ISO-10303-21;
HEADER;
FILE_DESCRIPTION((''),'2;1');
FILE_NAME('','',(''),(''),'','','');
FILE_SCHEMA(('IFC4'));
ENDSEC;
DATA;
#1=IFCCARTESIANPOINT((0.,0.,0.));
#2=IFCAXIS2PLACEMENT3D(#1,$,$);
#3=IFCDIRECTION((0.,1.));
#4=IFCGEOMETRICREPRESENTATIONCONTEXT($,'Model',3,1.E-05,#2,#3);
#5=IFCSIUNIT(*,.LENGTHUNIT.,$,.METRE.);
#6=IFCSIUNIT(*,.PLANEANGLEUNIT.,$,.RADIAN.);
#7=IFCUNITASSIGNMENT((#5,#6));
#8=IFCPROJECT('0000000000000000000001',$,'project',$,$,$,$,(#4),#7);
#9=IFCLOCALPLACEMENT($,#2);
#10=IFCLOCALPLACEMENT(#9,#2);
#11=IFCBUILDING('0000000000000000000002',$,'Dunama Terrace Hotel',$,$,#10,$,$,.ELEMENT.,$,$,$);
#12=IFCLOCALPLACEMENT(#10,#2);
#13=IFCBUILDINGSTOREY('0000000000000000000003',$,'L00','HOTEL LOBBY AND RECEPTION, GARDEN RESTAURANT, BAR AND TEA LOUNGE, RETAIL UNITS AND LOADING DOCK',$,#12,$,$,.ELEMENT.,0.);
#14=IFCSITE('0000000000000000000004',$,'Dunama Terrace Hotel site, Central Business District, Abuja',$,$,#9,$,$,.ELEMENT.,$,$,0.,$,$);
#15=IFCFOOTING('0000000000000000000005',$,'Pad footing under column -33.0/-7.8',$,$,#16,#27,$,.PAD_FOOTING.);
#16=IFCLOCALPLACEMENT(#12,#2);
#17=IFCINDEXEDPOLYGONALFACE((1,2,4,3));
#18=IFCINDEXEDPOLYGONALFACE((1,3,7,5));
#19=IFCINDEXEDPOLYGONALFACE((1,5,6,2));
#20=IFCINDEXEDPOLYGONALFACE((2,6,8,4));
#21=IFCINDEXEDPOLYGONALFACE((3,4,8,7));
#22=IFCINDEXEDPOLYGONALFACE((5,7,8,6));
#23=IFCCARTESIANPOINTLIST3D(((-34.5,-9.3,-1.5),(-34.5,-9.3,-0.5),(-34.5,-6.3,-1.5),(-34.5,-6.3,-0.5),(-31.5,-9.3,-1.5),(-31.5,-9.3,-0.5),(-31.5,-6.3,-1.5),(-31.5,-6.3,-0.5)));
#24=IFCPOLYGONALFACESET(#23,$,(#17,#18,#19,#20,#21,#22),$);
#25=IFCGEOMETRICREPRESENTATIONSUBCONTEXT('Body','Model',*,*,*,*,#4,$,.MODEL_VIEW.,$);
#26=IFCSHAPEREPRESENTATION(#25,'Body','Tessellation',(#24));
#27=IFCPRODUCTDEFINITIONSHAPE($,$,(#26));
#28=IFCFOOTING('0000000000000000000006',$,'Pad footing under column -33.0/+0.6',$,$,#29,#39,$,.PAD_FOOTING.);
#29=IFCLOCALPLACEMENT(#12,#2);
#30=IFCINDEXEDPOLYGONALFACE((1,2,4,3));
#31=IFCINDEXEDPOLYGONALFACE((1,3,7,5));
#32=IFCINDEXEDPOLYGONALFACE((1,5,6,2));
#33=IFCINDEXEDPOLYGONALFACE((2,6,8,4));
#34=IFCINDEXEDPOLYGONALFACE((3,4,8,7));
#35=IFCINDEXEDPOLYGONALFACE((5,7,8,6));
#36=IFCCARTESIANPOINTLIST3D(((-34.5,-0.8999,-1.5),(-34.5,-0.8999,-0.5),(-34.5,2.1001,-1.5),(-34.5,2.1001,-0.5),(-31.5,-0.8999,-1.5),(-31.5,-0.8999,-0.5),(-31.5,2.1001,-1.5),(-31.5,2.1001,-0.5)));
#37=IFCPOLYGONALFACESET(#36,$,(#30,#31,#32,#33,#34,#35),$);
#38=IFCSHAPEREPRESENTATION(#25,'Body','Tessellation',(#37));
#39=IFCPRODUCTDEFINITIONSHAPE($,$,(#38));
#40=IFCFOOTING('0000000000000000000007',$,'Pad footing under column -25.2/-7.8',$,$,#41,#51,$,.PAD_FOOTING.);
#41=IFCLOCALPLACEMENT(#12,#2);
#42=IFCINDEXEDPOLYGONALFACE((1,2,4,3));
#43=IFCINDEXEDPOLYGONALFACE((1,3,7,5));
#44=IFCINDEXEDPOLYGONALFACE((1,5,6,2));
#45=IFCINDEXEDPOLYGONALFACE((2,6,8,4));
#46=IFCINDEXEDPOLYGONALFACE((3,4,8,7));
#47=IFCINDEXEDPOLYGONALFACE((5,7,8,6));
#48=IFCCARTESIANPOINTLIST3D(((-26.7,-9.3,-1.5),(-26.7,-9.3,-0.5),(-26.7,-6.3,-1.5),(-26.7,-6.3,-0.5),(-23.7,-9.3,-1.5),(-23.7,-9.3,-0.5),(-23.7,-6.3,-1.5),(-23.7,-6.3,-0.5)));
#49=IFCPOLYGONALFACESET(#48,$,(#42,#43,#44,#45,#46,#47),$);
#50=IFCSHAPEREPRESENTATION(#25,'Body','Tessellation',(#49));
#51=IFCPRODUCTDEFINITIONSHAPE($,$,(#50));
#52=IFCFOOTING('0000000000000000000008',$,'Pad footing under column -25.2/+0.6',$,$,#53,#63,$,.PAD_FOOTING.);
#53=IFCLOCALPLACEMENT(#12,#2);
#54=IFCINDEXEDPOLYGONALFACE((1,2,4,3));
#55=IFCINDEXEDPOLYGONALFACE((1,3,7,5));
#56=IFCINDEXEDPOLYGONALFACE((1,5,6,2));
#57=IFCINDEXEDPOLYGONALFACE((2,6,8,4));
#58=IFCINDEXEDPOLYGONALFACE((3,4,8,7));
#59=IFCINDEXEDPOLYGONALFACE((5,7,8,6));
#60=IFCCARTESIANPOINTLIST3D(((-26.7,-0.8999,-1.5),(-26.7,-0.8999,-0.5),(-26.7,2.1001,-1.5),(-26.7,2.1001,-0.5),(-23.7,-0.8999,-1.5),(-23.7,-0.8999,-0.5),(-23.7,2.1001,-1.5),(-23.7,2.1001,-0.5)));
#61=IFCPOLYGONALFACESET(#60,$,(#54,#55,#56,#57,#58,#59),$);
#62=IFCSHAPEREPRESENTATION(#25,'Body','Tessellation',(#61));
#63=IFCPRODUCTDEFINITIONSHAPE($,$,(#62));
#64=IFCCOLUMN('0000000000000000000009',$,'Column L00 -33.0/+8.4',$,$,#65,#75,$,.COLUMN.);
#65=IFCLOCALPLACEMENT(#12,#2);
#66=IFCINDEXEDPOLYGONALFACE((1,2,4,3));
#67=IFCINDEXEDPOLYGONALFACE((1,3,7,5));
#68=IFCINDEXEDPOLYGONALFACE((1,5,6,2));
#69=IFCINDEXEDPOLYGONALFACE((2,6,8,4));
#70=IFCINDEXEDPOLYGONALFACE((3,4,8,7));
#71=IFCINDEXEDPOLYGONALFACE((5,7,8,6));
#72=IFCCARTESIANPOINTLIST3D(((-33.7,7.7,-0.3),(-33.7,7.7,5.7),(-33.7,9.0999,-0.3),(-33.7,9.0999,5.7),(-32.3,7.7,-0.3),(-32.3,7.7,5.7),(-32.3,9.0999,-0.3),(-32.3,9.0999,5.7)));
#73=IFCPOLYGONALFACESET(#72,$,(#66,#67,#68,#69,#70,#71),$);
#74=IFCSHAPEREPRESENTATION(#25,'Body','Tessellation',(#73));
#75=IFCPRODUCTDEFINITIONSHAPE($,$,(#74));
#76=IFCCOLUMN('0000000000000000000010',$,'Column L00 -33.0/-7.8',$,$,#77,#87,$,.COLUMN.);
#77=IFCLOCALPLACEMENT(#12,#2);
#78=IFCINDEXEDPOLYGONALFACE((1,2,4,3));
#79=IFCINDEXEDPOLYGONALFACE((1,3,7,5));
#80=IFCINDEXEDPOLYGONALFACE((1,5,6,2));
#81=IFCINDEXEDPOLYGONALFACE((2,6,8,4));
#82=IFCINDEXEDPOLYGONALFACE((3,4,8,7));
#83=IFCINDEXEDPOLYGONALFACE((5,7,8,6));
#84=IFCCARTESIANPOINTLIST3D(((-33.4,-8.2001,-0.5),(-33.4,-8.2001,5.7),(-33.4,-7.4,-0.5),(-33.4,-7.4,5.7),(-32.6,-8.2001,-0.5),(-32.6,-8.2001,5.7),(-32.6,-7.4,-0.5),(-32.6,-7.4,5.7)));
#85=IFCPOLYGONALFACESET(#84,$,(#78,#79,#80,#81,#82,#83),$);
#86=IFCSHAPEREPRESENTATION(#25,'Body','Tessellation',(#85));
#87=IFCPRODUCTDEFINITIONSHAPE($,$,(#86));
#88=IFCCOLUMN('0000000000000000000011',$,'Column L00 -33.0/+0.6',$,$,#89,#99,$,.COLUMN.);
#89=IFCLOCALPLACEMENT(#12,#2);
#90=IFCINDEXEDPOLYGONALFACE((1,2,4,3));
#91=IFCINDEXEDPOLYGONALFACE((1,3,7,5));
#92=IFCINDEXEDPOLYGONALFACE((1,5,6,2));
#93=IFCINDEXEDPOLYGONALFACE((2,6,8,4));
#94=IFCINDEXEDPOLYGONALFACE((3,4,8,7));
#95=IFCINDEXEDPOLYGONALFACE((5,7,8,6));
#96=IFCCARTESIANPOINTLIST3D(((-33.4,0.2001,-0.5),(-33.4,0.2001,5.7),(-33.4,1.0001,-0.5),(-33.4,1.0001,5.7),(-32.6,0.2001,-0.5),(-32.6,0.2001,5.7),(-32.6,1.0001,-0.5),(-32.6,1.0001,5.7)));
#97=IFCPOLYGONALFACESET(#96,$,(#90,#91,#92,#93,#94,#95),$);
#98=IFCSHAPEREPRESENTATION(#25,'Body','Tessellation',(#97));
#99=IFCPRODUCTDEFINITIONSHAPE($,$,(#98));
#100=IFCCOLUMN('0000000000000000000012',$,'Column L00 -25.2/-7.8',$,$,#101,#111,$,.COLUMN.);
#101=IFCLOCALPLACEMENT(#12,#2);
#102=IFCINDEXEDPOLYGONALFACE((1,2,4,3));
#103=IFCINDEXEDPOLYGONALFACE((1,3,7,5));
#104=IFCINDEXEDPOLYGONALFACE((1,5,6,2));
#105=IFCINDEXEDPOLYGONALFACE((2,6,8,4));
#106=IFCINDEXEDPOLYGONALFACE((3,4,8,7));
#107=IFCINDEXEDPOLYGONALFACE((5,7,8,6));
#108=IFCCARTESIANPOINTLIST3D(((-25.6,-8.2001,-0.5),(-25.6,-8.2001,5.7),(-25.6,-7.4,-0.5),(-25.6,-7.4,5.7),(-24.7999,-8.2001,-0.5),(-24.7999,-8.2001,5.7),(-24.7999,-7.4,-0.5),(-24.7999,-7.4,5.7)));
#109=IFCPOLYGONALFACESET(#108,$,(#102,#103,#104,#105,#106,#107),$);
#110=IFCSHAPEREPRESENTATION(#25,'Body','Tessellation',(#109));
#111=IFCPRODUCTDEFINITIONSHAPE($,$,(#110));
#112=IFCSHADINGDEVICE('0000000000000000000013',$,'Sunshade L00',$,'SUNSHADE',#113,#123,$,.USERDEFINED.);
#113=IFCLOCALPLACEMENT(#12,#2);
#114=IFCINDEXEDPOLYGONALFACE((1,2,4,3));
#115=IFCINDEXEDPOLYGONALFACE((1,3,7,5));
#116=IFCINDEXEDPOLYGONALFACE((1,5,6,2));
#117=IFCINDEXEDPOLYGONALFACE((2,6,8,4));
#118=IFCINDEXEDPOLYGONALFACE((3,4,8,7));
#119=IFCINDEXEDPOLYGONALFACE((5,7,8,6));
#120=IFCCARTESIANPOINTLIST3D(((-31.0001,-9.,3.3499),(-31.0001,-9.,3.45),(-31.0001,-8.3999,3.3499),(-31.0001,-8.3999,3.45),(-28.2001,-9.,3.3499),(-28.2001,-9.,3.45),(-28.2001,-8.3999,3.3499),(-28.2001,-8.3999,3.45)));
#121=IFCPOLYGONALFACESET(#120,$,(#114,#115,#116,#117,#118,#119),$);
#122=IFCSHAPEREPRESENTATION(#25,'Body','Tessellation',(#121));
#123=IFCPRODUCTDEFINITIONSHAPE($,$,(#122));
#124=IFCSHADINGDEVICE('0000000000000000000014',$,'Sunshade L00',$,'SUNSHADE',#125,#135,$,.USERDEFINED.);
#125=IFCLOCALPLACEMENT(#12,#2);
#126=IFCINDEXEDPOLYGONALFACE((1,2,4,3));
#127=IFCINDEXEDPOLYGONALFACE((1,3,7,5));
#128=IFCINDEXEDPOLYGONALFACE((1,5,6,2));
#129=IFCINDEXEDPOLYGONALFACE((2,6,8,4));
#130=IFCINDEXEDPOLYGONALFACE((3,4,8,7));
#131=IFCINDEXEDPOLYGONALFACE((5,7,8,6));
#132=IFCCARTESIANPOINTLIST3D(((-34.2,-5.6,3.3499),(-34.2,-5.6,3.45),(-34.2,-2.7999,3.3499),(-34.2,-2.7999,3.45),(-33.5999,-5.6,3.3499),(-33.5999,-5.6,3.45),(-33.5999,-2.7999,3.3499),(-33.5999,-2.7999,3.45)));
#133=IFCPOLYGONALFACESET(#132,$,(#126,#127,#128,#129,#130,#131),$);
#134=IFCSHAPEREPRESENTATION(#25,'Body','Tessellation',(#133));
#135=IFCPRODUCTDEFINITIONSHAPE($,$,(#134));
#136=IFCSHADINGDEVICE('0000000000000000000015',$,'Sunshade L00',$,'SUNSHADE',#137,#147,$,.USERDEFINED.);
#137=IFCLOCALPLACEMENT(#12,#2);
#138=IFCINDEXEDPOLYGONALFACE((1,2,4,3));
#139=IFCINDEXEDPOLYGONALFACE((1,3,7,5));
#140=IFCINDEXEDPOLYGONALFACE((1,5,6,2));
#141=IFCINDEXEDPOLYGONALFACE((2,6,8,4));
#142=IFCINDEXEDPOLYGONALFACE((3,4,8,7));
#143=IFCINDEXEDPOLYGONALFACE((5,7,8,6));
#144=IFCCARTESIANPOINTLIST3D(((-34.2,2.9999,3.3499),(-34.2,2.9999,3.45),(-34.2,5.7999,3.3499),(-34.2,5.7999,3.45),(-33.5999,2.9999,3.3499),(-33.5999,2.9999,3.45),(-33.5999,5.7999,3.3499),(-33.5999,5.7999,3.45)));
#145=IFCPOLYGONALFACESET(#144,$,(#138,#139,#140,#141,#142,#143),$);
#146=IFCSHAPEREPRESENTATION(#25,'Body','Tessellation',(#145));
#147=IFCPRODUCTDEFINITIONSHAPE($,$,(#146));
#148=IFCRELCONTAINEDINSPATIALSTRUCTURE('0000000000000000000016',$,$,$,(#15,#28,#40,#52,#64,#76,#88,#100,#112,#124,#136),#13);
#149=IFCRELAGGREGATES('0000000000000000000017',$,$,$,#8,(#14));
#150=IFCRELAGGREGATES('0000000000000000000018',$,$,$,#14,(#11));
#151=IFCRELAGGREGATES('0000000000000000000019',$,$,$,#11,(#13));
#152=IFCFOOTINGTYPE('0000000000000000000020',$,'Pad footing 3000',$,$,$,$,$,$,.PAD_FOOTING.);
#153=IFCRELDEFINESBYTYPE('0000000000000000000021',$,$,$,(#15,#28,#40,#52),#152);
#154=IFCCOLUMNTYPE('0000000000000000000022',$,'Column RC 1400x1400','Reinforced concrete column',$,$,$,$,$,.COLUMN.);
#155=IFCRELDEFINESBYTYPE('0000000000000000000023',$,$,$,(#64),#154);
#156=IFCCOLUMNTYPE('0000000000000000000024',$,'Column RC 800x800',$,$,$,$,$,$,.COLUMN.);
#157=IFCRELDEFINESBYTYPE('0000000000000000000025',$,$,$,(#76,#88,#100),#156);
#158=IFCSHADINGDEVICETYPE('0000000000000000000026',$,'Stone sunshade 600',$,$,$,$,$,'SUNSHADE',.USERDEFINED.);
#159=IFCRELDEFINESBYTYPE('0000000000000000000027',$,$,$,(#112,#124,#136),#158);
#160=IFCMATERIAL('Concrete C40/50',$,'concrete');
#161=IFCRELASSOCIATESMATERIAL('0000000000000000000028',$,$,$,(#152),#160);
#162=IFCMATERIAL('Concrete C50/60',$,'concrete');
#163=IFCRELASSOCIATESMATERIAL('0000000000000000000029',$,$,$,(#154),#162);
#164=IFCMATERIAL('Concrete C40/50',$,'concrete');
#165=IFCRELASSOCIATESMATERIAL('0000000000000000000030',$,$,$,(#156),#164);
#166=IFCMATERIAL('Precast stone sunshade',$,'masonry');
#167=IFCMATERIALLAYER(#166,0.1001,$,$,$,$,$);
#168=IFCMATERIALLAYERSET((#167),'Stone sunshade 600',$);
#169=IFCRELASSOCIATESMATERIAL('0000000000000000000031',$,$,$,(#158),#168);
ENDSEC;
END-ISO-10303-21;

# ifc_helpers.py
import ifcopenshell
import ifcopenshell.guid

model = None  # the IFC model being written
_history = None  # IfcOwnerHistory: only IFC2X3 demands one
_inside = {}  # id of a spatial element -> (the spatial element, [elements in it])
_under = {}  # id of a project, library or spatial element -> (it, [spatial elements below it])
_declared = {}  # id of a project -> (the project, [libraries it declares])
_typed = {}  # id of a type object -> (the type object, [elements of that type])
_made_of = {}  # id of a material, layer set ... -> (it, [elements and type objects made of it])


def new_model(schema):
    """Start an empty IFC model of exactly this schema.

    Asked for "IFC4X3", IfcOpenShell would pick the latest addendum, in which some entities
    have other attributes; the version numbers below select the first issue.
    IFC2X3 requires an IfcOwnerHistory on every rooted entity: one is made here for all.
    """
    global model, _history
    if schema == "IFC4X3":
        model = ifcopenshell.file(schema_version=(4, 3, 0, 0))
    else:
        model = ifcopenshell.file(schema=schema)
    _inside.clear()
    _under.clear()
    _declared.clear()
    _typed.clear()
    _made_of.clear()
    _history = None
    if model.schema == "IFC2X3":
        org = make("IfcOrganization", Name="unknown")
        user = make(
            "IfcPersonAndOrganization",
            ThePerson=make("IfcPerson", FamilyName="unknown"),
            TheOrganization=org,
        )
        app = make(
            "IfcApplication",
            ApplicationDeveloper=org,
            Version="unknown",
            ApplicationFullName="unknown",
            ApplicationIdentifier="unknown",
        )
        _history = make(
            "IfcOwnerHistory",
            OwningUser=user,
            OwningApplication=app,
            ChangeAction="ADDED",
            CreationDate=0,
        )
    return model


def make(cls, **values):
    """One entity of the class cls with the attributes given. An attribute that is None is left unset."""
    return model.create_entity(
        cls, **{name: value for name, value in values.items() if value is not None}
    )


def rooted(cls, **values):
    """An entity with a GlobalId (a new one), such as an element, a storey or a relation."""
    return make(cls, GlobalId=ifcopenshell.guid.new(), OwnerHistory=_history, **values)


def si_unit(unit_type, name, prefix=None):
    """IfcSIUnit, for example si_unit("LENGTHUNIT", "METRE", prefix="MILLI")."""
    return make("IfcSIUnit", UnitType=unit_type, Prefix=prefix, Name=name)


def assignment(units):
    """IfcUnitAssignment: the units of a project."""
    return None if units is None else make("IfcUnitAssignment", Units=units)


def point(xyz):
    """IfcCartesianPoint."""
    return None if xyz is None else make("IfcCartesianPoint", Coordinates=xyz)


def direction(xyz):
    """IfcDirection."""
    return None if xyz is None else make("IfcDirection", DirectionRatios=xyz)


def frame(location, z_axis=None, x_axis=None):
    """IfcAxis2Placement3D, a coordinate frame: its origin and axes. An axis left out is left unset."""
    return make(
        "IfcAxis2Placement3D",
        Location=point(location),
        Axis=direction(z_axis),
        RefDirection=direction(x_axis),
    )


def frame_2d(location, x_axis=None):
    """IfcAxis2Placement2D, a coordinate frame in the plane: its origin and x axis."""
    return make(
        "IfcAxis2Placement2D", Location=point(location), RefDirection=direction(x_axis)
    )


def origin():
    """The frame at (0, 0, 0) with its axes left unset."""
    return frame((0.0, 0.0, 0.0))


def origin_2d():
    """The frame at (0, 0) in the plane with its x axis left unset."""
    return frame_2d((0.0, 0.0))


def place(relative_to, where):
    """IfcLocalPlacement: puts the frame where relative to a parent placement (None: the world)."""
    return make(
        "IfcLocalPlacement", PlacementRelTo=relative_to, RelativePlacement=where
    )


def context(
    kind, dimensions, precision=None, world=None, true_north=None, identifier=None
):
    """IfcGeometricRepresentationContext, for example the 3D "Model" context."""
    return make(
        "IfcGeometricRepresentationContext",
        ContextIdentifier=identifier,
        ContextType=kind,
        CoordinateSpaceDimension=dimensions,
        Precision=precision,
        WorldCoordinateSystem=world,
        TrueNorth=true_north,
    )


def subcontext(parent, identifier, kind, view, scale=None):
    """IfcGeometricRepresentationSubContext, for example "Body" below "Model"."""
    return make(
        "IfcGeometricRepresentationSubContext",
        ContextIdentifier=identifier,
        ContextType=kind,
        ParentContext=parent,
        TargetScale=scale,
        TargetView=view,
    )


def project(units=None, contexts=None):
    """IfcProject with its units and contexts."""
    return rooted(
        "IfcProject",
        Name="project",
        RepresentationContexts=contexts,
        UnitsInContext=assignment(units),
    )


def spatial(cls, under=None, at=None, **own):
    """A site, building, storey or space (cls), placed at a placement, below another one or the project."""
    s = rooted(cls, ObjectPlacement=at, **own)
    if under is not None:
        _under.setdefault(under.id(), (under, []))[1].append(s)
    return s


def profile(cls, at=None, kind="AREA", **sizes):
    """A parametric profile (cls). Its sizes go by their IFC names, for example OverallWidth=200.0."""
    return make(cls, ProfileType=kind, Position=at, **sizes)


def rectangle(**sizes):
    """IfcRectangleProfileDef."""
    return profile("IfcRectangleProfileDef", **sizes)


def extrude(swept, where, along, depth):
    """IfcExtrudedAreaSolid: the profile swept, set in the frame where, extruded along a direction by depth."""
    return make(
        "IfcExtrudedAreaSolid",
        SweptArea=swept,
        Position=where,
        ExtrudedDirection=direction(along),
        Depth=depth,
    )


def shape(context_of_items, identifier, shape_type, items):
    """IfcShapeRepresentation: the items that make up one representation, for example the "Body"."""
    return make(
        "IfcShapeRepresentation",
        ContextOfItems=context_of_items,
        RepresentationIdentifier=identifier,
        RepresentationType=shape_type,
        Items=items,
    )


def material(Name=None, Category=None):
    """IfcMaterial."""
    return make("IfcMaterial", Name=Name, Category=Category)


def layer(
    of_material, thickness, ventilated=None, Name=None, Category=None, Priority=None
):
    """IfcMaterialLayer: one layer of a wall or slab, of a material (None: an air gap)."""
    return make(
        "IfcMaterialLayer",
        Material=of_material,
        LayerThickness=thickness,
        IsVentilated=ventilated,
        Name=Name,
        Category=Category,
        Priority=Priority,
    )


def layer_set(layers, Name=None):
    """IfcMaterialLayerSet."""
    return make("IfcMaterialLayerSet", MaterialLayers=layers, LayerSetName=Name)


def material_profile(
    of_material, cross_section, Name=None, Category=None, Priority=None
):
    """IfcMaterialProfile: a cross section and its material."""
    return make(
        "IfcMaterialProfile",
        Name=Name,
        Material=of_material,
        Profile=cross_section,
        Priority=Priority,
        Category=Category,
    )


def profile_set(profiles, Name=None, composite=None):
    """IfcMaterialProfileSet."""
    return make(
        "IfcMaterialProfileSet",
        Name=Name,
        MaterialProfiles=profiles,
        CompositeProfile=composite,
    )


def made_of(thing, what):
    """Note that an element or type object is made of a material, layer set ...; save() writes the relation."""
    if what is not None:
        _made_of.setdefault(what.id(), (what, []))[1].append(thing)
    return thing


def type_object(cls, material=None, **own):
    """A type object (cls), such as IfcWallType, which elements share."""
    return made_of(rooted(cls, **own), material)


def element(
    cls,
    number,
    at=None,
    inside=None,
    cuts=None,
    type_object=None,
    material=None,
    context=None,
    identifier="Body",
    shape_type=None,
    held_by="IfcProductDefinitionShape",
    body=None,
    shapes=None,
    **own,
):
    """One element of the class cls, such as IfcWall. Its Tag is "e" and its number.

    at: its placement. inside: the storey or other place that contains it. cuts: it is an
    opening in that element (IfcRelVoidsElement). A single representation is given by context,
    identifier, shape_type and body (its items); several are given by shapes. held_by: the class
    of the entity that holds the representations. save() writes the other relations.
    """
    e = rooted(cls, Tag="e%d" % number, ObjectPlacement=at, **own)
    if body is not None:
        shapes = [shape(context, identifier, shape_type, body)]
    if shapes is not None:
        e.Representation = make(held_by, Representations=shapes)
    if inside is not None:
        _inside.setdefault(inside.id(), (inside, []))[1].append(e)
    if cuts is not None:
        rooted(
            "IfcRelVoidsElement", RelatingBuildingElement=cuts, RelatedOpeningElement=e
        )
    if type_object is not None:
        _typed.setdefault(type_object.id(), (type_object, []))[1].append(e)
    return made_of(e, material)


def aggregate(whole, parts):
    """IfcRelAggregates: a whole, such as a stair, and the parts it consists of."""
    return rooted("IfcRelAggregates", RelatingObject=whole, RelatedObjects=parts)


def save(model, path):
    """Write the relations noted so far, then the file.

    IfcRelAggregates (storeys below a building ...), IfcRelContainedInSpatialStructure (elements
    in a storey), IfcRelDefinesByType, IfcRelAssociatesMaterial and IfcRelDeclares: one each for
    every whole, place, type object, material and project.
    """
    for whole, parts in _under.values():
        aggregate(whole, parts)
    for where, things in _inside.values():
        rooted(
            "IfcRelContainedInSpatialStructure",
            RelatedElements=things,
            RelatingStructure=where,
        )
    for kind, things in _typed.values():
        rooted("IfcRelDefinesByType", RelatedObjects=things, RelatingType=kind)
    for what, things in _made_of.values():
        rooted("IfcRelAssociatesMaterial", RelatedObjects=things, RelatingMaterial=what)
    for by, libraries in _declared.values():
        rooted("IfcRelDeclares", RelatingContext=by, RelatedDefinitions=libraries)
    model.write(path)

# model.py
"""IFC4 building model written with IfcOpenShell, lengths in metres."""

from ifc_helpers import new_model, si_unit, direction, frame, origin, origin_2d, place, context, subcontext, project, spatial, rectangle, extrude, material, layer, layer_set, material_profile, profile_set, type_object, element, save


model = new_model("IFC4")

# Units and contexts
model_context = context("Model", 3, precision=1e-05, world=origin(), true_north=direction((0.0, 1.0)))
body_context = subcontext(model_context, "Body", "Model", "MODEL_VIEW")
ifc_project = project(units=[si_unit("LENGTHUNIT", "METRE"), si_unit("PLANEANGLEUNIT", "RADIAN")], contexts=[model_context])

# Site, building, storey
site_placement = place(None, origin())
site = spatial("IfcSite", under=ifc_project, at=site_placement, Name="Dunama Terrace Hotel site, Central Business District, Abuja", CompositionType="ELEMENT", RefElevation=0.0)
building_placement = place(site_placement, origin())
building = spatial("IfcBuilding", under=site, at=building_placement, Name="Dunama Terrace Hotel", CompositionType="ELEMENT")
storey_placement = place(building_placement, origin())
storey = spatial("IfcBuildingStorey", under=building, at=storey_placement, Name="L00", Description="HOTEL LOBBY AND RECEPTION, GARDEN RESTAURANT, BAR AND TEA LOUNGE, RETAIL UNITS AND LOADING DOCK", CompositionType="ELEMENT", Elevation=0.0)

# Footings
ifc_material_1 = material(Name="Concrete C40/50", Category="concrete")
footing_type = type_object("IfcFootingType", Name="Pad footing 3000", PredefinedType="PAD_FOOTING", material=ifc_material_1)
for number, where, z_axis, x_axis, name in (
    (1, (-33.0, -7.8, -1.5), (0.0, 0.0, 1.0), (1.0, 0.0, 0.0), "Pad footing under column -33.0/-7.8"),
    (2, (-33.0, 0.6001, -1.5), (0.0, 0.0, 1.0), (1.0, 0.0, 0.0), "Pad footing under column -33.0/+0.6"),
    (3, (-25.2, -7.8, -1.5), (0.0, 0.0, 1.0), (1.0, 0.0, 0.0), "Pad footing under column -25.2/-7.8"),
    (4, (-25.2, 0.6001, -1.5), (0.0, 0.0, 1.0), (1.0, 0.0, 0.0), "Pad footing under column -25.2/+0.6"),
):
    element("IfcFooting", number, at=place(storey_placement, frame(where, z_axis=z_axis, x_axis=x_axis)), inside=storey, type_object=footing_type, Name=name, PredefinedType="PAD_FOOTING", context=body_context, shape_type="SweptSolid", body=[
        extrude(rectangle(XDim=3.0, YDim=3.0, at=origin_2d()), origin(), (0.0, 0.0, 1.0), 1.0),
    ])

# Columns
ifc_material_2 = material(Name="Concrete C50/60", Category="concrete")
ifc_material_profile_1 = material_profile(ifc_material_2, rectangle(XDim=1.3999, YDim=1.3999, at=origin_2d()), Name="RC 1400x1400")
ifc_profile_set_1 = profile_set([ifc_material_profile_1], Name="Concrete C50/60")
column_type_1 = type_object("IfcColumnType", Name="Column RC 1400x1400", Description="Reinforced concrete column", PredefinedType="COLUMN", material=ifc_profile_set_1)
column_placement = place(storey_placement, frame((-33.0, 8.3999, -0.3), z_axis=(0.0, 0.0, 1.0), x_axis=(1.0, 0.0, 0.0)))
element("IfcColumn", 5, at=column_placement, inside=storey, type_object=column_type_1, Name="Column L00 -33.0/+8.4", PredefinedType="COLUMN", context=body_context, shape_type="SweptSolid", body=[
    extrude(rectangle(XDim=1.3999, YDim=1.3999, at=origin_2d()), origin(), (0.0, 0.0, 1.0), 6.0),
])
ifc_material_3 = material(Name="Concrete C40/50", Category="concrete")
ifc_material_profile_2 = material_profile(ifc_material_3, rectangle(XDim=0.8, YDim=0.8, at=origin_2d()), Name="RC 800x800")
ifc_profile_set_2 = profile_set([ifc_material_profile_2], Name="Concrete C40/50")
column_type_2 = type_object("IfcColumnType", Name="Column RC 800x800", PredefinedType="COLUMN", material=ifc_profile_set_2)
for number, where, z_axis, x_axis, name in (
    (6, (-33.0, -7.8, -0.5), (0.0, 0.0, 1.0), (1.0, 0.0, 0.0), "Column L00 -33.0/-7.8"),
    (7, (-33.0, 0.6001, -0.5), (0.0, 0.0, 1.0), (1.0, 0.0, 0.0), "Column L00 -33.0/+0.6"),
    (8, (-25.2, -7.8, -0.5), (0.0, 0.0, 1.0), (1.0, 0.0, 0.0), "Column L00 -25.2/-7.8"),
):
    element("IfcColumn", number, at=place(storey_placement, frame(where, z_axis=z_axis, x_axis=x_axis)), inside=storey, type_object=column_type_2, Name=name, PredefinedType="COLUMN", context=body_context, shape_type="SweptSolid", body=[
        extrude(rectangle(XDim=0.8, YDim=0.8, at=origin_2d()), origin(), (0.0, 0.0, 1.0), 6.2),
    ])

# Shading devices
ifc_material_4 = material(Name="Precast stone sunshade", Category="masonry")
ifc_layer_1 = layer(ifc_material_4, 0.1001)
ifc_layer_set_1 = layer_set([ifc_layer_1], Name="Stone sunshade 600")
shading_device_type = type_object("IfcShadingDeviceType", Name="Stone sunshade 600", ElementType="SUNSHADE", PredefinedType="USERDEFINED", material=ifc_layer_set_1)
for number, where, z_axis, x_axis, name in (
    (9, (-29.6001, -8.7, 3.3499), (0.0, 0.0, 1.0), (1.0, 0.0, 0.0), "Sunshade L00"),
    (10, (-33.8999, -4.2, 3.3499), (0.0, 0.0, 1.0), (0.0, -1.0, 0.0), "Sunshade L00"),
    (11, (-33.8999, 4.3999, 3.3499), (0.0, 0.0, 1.0), (0.0, -1.0, 0.0), "Sunshade L00"),
):
    element("IfcShadingDevice", number, at=place(storey_placement, frame(where, z_axis=z_axis, x_axis=x_axis)), inside=storey, type_object=shading_device_type, Name=name, ObjectType="SUNSHADE", PredefinedType="USERDEFINED", context=body_context, shape_type="SweptSolid", body=[
        extrude(rectangle(XDim=2.8, YDim=0.6001, at=origin_2d()), origin(), (0.0, 0.0, 1.0), 0.1001),
    ])

save(model, "model.ifc")
